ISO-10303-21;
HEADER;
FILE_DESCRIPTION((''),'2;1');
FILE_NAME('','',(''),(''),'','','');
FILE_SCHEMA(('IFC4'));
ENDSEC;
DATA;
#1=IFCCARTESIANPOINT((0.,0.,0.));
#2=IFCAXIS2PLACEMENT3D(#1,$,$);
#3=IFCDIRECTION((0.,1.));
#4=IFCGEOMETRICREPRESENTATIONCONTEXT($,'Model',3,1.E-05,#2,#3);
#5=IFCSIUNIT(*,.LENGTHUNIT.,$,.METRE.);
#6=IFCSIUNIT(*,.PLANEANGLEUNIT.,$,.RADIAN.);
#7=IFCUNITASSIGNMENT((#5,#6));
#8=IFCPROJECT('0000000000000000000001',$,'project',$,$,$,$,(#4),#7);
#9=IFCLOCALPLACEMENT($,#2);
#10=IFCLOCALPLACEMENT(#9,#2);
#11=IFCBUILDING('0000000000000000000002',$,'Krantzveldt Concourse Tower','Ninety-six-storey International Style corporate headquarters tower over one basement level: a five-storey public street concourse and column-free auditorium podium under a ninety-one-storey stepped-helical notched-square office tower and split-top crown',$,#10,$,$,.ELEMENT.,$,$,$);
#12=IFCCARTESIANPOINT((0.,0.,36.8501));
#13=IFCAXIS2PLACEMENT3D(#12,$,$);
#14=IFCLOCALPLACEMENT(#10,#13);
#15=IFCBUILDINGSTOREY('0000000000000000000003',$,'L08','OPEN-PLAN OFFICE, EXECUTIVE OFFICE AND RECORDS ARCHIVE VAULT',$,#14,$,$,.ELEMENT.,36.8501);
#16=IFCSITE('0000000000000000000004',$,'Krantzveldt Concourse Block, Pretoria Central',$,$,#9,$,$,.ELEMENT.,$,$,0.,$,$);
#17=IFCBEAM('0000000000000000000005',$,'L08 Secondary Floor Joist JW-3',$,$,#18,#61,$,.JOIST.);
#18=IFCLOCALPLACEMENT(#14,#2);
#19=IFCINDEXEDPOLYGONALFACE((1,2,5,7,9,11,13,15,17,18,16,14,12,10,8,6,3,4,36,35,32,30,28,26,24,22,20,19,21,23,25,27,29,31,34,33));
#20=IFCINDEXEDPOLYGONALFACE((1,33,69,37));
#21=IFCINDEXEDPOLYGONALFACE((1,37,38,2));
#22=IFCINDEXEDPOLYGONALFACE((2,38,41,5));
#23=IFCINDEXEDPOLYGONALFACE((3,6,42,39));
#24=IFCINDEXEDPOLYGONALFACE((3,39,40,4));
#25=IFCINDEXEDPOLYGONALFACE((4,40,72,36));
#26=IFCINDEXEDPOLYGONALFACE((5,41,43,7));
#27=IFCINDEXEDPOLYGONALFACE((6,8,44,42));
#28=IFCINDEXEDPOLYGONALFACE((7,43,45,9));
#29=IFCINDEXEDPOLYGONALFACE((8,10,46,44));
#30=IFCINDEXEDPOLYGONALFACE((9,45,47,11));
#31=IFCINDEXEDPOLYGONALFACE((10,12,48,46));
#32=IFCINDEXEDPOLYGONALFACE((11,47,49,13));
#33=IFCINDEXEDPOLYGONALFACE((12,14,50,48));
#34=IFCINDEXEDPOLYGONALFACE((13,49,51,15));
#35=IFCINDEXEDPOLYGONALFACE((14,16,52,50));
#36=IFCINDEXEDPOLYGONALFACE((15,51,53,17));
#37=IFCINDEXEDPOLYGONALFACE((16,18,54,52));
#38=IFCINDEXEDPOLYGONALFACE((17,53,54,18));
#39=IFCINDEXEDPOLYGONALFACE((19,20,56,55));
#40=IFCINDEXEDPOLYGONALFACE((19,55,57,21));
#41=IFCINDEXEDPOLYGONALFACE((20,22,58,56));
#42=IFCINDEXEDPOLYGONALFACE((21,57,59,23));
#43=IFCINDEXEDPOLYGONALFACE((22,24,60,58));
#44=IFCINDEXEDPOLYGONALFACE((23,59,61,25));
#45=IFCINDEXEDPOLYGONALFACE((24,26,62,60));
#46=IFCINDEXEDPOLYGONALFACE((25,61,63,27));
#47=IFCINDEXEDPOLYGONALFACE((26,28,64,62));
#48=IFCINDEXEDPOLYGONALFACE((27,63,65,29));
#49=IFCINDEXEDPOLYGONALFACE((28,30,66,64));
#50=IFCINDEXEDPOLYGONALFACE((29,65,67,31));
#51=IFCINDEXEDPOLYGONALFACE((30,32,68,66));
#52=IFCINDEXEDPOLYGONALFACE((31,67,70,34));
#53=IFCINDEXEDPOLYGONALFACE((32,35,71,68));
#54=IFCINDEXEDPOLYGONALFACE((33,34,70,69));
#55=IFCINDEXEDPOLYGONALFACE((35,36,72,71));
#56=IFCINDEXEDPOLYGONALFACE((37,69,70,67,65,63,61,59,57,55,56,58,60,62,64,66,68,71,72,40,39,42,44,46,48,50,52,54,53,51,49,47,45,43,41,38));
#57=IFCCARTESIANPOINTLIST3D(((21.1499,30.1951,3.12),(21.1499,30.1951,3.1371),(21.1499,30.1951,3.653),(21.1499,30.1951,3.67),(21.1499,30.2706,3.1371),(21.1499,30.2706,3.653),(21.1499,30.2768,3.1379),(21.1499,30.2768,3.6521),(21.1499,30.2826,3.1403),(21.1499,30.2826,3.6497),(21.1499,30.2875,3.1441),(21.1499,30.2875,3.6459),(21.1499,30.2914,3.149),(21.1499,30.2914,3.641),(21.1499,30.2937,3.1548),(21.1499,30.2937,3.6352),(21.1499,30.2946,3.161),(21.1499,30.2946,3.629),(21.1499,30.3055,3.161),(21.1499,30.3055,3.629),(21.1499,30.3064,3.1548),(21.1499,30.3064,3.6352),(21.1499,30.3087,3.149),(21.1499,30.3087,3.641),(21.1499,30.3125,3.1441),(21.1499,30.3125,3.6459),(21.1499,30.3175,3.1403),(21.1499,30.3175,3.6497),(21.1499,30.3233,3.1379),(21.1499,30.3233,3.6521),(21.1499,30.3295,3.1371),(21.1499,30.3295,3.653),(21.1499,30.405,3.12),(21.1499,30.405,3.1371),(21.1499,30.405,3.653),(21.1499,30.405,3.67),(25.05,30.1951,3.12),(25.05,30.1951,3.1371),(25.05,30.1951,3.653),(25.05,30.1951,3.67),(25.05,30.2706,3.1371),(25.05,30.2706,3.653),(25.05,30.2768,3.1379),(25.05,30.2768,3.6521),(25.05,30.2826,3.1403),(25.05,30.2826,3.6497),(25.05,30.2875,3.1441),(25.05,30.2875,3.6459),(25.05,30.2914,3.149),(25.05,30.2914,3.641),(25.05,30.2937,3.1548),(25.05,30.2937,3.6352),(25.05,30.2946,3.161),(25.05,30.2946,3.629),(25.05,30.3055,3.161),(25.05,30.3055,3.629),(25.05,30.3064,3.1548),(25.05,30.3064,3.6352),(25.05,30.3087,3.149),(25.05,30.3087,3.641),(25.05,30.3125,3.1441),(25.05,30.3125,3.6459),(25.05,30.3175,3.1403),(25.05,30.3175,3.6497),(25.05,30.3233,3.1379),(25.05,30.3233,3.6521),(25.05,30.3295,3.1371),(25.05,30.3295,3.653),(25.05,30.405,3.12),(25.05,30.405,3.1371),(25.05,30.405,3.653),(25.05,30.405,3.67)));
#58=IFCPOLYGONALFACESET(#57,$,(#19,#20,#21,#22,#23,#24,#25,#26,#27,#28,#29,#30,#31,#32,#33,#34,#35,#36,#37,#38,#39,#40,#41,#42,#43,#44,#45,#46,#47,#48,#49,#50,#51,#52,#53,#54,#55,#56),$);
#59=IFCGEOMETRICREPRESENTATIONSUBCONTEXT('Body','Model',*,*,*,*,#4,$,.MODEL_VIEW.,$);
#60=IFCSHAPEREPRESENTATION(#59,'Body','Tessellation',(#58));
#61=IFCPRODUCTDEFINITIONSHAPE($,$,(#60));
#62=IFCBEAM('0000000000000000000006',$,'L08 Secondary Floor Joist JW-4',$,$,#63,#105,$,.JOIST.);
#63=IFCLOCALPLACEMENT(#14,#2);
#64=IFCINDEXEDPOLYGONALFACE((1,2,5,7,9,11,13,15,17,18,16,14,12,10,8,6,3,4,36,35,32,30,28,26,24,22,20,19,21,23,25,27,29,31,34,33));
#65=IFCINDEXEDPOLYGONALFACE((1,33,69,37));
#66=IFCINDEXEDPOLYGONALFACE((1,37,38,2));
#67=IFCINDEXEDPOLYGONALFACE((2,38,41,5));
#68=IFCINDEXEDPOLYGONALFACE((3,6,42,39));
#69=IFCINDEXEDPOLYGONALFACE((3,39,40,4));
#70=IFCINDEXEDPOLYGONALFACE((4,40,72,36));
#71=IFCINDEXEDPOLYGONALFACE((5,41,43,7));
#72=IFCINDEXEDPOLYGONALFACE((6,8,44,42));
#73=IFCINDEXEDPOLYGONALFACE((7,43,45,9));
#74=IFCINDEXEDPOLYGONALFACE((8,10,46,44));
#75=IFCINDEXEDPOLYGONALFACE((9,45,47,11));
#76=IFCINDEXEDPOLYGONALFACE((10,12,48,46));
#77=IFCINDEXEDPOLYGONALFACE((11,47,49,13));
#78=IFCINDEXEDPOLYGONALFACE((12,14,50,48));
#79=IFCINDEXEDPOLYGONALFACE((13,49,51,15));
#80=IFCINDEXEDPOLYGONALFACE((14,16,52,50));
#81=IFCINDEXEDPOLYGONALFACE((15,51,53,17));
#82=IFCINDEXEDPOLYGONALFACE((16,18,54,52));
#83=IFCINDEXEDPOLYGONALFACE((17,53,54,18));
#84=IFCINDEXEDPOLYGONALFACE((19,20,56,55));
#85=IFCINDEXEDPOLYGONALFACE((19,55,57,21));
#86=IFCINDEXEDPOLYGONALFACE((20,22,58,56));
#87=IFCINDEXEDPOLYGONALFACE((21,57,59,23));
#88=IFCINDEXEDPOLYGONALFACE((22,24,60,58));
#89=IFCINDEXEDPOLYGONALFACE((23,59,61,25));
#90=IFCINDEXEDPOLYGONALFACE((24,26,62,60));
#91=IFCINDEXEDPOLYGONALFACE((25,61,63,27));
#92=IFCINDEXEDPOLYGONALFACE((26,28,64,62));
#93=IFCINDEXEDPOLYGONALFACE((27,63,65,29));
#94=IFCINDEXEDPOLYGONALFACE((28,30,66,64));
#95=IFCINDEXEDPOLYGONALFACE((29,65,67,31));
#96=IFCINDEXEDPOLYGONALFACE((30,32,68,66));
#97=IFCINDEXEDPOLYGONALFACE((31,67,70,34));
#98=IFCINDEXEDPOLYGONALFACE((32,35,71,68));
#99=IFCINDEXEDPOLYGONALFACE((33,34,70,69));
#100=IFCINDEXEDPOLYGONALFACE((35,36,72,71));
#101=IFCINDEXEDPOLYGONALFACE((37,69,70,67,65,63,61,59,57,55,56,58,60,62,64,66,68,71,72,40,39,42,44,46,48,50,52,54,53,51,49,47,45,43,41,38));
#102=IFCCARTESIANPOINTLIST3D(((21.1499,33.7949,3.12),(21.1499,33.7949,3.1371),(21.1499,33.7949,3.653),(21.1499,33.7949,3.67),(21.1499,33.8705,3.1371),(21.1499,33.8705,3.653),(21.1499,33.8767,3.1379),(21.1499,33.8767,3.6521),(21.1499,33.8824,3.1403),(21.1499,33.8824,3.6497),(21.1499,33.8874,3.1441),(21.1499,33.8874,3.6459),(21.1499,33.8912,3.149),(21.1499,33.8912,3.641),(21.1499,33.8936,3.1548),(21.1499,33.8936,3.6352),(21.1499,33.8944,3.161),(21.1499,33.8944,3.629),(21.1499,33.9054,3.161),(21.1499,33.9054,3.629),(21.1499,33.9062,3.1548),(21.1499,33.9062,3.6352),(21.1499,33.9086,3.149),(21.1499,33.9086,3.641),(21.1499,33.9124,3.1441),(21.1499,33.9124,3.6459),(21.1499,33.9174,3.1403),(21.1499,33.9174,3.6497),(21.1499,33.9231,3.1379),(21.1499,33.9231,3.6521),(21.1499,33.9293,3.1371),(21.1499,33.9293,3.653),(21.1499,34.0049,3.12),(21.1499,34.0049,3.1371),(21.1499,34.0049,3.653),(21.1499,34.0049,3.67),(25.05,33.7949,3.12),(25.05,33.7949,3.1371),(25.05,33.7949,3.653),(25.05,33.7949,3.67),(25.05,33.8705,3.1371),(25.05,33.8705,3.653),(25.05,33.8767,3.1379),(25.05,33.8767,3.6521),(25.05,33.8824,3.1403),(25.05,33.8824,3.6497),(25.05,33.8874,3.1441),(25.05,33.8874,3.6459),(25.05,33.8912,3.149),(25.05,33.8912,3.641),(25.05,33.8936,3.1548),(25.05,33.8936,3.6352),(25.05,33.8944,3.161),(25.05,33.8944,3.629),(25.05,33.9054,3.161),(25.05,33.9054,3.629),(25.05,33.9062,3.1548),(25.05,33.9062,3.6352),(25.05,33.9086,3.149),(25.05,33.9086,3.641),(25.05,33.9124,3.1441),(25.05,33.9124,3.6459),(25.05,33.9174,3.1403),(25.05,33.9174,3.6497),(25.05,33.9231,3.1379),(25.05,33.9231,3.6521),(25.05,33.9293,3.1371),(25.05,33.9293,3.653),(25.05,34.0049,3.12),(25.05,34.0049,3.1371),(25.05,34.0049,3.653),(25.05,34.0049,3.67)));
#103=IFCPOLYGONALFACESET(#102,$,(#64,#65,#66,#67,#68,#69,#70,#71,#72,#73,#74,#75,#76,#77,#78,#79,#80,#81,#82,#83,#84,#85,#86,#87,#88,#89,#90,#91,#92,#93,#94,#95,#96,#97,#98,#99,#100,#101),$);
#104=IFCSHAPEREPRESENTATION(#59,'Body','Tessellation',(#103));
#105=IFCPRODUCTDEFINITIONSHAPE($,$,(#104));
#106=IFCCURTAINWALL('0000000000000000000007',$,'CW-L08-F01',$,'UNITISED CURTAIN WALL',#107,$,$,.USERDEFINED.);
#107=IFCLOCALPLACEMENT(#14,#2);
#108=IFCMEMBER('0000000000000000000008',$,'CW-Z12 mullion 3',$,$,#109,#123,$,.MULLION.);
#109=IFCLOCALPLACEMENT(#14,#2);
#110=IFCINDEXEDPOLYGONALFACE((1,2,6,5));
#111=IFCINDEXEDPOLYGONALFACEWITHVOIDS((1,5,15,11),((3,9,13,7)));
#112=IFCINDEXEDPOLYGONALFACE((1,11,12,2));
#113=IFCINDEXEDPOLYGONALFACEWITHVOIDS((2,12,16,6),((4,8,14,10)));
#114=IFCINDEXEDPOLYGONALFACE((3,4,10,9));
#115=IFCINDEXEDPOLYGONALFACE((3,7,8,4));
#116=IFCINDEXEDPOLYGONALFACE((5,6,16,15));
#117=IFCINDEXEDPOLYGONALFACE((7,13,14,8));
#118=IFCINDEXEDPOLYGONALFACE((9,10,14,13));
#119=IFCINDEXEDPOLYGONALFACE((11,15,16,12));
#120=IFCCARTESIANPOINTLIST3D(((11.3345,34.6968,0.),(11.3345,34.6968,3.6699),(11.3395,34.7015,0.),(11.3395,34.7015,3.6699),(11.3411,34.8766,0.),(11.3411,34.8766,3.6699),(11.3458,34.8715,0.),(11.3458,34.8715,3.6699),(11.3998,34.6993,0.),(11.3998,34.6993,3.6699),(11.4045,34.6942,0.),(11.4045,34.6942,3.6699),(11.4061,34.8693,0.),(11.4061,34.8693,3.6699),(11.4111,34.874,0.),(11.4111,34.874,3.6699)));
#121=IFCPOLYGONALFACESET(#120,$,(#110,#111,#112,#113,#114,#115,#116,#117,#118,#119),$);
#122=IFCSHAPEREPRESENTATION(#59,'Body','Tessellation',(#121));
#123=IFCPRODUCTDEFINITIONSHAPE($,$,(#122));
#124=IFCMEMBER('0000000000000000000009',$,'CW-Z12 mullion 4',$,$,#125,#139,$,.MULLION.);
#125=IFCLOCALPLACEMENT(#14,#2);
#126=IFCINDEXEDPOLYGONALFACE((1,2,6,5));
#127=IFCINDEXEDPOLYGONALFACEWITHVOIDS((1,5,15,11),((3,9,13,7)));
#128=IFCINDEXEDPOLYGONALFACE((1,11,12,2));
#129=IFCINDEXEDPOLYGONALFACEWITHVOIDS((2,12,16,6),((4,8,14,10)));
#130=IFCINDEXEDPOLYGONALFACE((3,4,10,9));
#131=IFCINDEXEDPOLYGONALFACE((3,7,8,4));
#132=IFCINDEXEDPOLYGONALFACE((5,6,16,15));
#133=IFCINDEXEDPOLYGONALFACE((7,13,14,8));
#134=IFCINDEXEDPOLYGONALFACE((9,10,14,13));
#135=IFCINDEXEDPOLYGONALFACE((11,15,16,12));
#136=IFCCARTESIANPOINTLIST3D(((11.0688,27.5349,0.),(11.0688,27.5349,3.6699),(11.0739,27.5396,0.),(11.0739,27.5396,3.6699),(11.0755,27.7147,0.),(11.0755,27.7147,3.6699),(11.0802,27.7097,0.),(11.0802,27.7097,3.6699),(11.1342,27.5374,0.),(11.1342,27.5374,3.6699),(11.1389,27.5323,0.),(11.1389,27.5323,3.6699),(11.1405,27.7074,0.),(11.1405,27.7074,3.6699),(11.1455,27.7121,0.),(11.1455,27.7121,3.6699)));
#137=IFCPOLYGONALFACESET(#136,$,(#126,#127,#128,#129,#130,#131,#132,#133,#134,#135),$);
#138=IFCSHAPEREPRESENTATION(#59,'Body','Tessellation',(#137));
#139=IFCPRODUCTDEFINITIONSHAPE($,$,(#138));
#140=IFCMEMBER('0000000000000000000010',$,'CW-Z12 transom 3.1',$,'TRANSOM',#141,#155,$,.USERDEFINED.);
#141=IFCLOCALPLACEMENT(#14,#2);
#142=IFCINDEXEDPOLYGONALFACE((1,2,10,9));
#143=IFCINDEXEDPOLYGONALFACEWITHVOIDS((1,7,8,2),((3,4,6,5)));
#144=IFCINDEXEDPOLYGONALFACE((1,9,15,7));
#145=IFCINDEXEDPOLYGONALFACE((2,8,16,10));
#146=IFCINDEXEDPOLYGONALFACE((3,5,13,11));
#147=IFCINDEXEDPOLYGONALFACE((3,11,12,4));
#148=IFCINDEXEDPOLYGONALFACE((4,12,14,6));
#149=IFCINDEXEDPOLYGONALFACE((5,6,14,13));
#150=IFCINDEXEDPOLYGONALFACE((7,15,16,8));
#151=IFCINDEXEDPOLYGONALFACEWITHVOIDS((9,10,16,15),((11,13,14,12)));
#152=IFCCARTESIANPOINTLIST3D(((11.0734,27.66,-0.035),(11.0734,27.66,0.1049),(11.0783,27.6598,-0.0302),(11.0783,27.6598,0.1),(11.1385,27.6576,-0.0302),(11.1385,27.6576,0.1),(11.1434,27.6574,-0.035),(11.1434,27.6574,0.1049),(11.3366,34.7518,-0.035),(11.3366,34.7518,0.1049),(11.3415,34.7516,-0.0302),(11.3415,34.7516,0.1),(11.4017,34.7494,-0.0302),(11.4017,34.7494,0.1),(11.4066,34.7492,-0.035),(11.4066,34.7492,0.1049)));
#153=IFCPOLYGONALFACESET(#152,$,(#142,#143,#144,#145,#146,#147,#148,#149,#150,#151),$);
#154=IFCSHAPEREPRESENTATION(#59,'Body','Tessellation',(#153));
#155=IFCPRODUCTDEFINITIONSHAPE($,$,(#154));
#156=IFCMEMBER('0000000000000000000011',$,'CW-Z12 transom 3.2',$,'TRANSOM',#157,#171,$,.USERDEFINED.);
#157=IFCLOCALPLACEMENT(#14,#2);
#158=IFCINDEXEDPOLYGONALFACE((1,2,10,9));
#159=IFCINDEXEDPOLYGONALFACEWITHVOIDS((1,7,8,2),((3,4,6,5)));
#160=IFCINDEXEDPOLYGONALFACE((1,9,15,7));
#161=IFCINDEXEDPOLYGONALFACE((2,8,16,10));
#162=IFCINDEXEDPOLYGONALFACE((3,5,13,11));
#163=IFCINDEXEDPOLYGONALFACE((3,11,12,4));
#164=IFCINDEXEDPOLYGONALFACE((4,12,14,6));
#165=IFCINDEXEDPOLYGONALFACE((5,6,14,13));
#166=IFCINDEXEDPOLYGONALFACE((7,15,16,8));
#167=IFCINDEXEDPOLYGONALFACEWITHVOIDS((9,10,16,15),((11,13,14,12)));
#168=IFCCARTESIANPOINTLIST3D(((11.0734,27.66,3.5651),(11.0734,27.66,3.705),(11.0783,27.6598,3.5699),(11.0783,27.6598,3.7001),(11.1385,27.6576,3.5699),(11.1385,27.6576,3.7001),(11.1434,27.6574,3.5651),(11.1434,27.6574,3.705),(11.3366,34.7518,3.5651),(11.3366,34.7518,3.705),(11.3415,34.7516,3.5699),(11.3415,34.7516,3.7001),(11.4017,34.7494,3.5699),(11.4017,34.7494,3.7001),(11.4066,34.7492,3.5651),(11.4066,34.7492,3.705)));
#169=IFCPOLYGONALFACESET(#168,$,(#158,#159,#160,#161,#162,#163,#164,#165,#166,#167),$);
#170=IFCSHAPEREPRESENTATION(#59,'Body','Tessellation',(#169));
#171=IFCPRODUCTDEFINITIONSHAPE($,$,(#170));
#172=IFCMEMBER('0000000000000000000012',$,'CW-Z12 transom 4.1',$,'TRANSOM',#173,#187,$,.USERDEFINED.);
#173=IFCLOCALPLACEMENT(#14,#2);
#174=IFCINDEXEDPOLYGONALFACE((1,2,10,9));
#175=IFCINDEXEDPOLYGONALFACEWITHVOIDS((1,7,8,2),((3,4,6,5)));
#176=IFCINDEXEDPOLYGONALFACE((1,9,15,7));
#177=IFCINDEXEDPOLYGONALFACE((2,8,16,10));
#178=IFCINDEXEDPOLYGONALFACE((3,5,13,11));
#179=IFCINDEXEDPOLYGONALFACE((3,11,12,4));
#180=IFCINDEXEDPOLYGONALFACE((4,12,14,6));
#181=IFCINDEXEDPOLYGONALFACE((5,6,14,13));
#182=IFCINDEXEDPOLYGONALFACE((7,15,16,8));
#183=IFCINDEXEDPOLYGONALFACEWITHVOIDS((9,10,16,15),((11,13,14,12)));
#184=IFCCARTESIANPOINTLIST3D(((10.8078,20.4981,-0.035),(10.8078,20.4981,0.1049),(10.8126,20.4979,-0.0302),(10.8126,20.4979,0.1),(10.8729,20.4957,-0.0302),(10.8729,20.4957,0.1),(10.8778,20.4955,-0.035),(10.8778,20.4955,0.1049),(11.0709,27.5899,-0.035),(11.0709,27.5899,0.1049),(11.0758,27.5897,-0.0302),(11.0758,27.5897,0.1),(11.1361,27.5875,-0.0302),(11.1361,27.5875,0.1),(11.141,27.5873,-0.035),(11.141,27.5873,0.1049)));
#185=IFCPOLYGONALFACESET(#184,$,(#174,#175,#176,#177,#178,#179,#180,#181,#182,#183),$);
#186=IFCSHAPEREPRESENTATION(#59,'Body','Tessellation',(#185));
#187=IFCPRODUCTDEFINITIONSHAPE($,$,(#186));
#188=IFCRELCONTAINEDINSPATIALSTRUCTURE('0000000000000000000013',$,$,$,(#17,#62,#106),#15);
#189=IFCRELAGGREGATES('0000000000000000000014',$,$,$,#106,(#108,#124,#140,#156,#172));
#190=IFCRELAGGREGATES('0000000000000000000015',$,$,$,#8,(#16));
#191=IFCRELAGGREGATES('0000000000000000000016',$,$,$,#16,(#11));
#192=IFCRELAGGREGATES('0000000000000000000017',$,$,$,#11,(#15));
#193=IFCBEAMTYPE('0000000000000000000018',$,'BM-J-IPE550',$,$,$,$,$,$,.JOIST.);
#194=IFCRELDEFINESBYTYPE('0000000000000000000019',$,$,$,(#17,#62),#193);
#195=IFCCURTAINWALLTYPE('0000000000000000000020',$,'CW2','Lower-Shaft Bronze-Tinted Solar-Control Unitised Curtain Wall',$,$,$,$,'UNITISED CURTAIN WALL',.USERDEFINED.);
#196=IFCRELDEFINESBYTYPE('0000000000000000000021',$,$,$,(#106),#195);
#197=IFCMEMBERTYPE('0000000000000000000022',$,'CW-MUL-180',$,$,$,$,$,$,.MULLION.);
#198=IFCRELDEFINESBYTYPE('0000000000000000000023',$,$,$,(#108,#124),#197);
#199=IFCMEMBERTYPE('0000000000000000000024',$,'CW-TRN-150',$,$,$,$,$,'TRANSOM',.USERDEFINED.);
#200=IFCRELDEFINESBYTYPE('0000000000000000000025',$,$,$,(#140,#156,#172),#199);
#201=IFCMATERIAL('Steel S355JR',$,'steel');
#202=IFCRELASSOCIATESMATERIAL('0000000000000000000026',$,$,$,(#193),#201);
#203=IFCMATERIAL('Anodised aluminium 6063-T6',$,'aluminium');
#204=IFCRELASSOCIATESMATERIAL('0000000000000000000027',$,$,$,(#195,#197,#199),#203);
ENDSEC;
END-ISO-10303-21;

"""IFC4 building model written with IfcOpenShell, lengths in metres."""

from ifc_helpers import new_model, si_unit, direction, frame, origin, origin_2d, place, context, subcontext, project, spatial, hollow_rectangle, i_section, extrude, source, transform, mapped, material, material_profile, profile_set, type_object, type_shapes, element, aggregate, save


model = new_model("IFC4")

# Units and contexts
model_context = context("Model", 3, precision=1e-05, world=origin(), true_north=direction((0.0, 1.0)))
body_context = subcontext(model_context, "Body", "Model", "MODEL_VIEW")
ifc_project = project(units=[si_unit("LENGTHUNIT", "METRE"), si_unit("PLANEANGLEUNIT", "RADIAN")], contexts=[model_context])

# Site, building, storey
site_placement = place(None, origin())
site = spatial("IfcSite", under=ifc_project, at=site_placement, Name="Krantzveldt Concourse Block, Pretoria Central", CompositionType="ELEMENT", RefElevation=0.0)
building_placement = place(site_placement, origin())
building = spatial("IfcBuilding", under=site, at=building_placement, Name="Krantzveldt Concourse Tower", Description="Ninety-six-storey International Style corporate headquarters tower over one basement level: a five-storey public street concourse and column-free auditorium podium under a ninety-one-storey stepped-helical notched-square office tower and split-top crown", CompositionType="ELEMENT")
storey_placement = place(building_placement, frame((0.0, 0.0, 36.8501)))
storey = spatial("IfcBuildingStorey", under=building, at=storey_placement, Name="L08", Description="OPEN-PLAN OFFICE, EXECUTIVE OFFICE AND RECORDS ARCHIVE VAULT", CompositionType="ELEMENT", Elevation=36.8501)

# Beams
ifc_material_1 = material(Name="Steel S355JR", Category="steel")
ifc_material_profile_1 = material_profile(ifc_material_1, i_section(OverallWidth=0.21, OverallDepth=0.55, WebThickness=0.011, FlangeThickness=0.0171, FilletRadius=0.0239, at=origin_2d()), Name="Steel S355JR", Category="steel")
ifc_profile_set_1 = profile_set([ifc_material_profile_1], Name="Steel S355JR - IPE 550")
beam_type_1 = type_object("IfcBeamType", Name="BM-J-IPE550", PredefinedType="JOIST", material=ifc_profile_set_1)
shared_shape_1 = source(origin(), body_context, "Body", "SweptSolid", [
    extrude(i_section(OverallWidth=0.21, OverallDepth=0.55, WebThickness=0.011, FlangeThickness=0.0171, FilletRadius=0.0239, at=origin_2d()), origin(), (0.0, 0.0, 1.0), 3.9001),
])
type_shapes(beam_type_1, [shared_shape_1])
for number, where, z_axis, x_axis, name in (
    (1, (21.1499, 30.3, 3.395), (1.0, 0.0, 0.0), (0.0, 1.0, 0.0), "L08 Secondary Floor Joist JW-3"),
    (2, (21.1499, 33.8999, 3.395), (1.0, 0.0, 0.0), (0.0, 1.0, 0.0), "L08 Secondary Floor Joist JW-4"),
):
    element("IfcBeam", number, at=place(storey_placement, frame(where, z_axis=z_axis, x_axis=x_axis)), inside=storey, type_object=beam_type_1, Name=name, PredefinedType="JOIST", context=body_context, shape_type="MappedRepresentation", body=[
        mapped(shared_shape_1, transform((0.0, 0.0, 0.0), x_axis=(1.0, 0.0, 0.0), y_axis=(0.0, 1.0, 0.0), z_axis=(0.0, 0.0, 1.0), scale=1.0)),
    ])

# Curtain wall, members
ifc_material_2 = material(Name="Anodised aluminium 6063-T6", Category="aluminium")
curtain_wall_type = type_object("IfcCurtainWallType", Name="CW2", Description="Lower-Shaft Bronze-Tinted Solar-Control Unitised Curtain Wall", ElementType="UNITISED CURTAIN WALL", PredefinedType="USERDEFINED", material=ifc_material_2)
curtain_wall_placement = place(storey_placement, origin())
curtain_wall = element("IfcCurtainWall", 3, at=curtain_wall_placement, inside=storey, type_object=curtain_wall_type, Name="CW-L08-F01", ObjectType="UNITISED CURTAIN WALL", PredefinedType="USERDEFINED")
ifc_material_profile_2 = material_profile(ifc_material_2, hollow_rectangle(XDim=0.0701, YDim=0.1799, WallThickness=0.0049, at=origin_2d()), Name="Anodised aluminium 6063-T6", Category="aluminium")
ifc_profile_set_2 = profile_set([ifc_material_profile_2], Name="Anodised aluminium 6063-T6 - ALU-MULL 180x70x5")
member_type_1 = type_object("IfcMemberType", Name="CW-MUL-180", PredefinedType="MULLION", material=ifc_profile_set_2)
shared_shape_2 = source(origin(), body_context, "Body", "SweptSolid", [
    extrude(hollow_rectangle(XDim=0.0701, YDim=0.1799, WallThickness=0.0049, at=origin_2d()), origin(), (0.0, 0.0, 1.0), 3.6699),
])
type_shapes(member_type_1, [shared_shape_2])
member_1_placement = place(storey_placement, frame((11.3728, 34.7854, 0.0), z_axis=(0.0, 0.0, 1.0), x_axis=(0.999312, -0.03708, 0.0)))
member_1 = element("IfcMember", 4, at=member_1_placement, type_object=member_type_1, Name="CW-Z12 mullion 3", PredefinedType="MULLION", context=body_context, shape_type="MappedRepresentation", body=[
    mapped(shared_shape_2, transform((0.0, 0.0, 0.0), x_axis=(1.0, 0.0, 0.0), y_axis=(0.0, 1.0, 0.0), z_axis=(0.0, 0.0, 1.0), scale=1.0)),
])
member_2_placement = place(storey_placement, frame((11.1072, 27.6235, 0.0), z_axis=(0.0, 0.0, 1.0), x_axis=(0.999312, -0.03708, 0.0)))
member_2 = element("IfcMember", 5, at=member_2_placement, type_object=member_type_1, Name="CW-Z12 mullion 4", PredefinedType="MULLION", context=body_context, shape_type="MappedRepresentation", body=[
    mapped(shared_shape_2, transform((0.0, 0.0, 0.0), x_axis=(1.0, 0.0, 0.0), y_axis=(0.0, 1.0, 0.0), z_axis=(0.0, 0.0, 1.0), scale=1.0)),
])
ifc_material_profile_3 = material_profile(ifc_material_2, hollow_rectangle(XDim=0.0701, YDim=0.1399, WallThickness=0.0049, at=origin_2d()), Name="Anodised aluminium 6063-T6", Category="aluminium")
ifc_profile_set_3 = profile_set([ifc_material_profile_3], Name="Anodised aluminium 6063-T6 - ALU-TRAN 140x70x5")
member_type_2 = type_object("IfcMemberType", Name="CW-TRN-150", ElementType="TRANSOM", PredefinedType="USERDEFINED", material=ifc_profile_set_3)
shared_shape_3 = source(origin(), body_context, "Body", "SweptSolid", [
    extrude(hollow_rectangle(XDim=0.0701, YDim=0.1399, WallThickness=0.0049, at=origin_2d()), origin(), (0.0, 0.0, 1.0), 7.0967),
])
type_shapes(member_type_2, [shared_shape_3])
member_3_placement = place(storey_placement, frame((11.3716, 34.7505, 0.0349), z_axis=(-0.037085, -0.999312, 0.0), x_axis=(0.999312, -0.037085, 0.0)))
member_3 = element("IfcMember", 6, at=member_3_placement, type_object=member_type_2, Name="CW-Z12 transom 3.1", ObjectType="TRANSOM", PredefinedType="USERDEFINED", context=body_context, shape_type="MappedRepresentation", body=[
    mapped(shared_shape_3, transform((0.0, 0.0, 0.0), x_axis=(1.0, 0.0, 0.0), y_axis=(0.0, 1.0, 0.0), z_axis=(0.0, 0.0, 1.0), scale=1.0)),
])
member_4_placement = place(storey_placement, frame((11.3716, 34.7505, 3.635), z_axis=(-0.037085, -0.999312, 0.0), x_axis=(0.999312, -0.037085, 0.0)))
member_4 = element("IfcMember", 7, at=member_4_placement, type_object=member_type_2, Name="CW-Z12 transom 3.2", ObjectType="TRANSOM", PredefinedType="USERDEFINED", context=body_context, shape_type="MappedRepresentation", body=[
    mapped(shared_shape_3, transform((0.0, 0.0, 0.0), x_axis=(1.0, 0.0, 0.0), y_axis=(0.0, 1.0, 0.0), z_axis=(0.0, 0.0, 1.0), scale=1.0)),
])
member_5_placement = place(storey_placement, frame((11.106, 27.5886, 0.0349), z_axis=(-0.037085, -0.999312, 0.0), x_axis=(0.999312, -0.037085, 0.0)))
member_5 = element("IfcMember", 8, at=member_5_placement, type_object=member_type_2, Name="CW-Z12 transom 4.1", ObjectType="TRANSOM", PredefinedType="USERDEFINED", context=body_context, shape_type="MappedRepresentation", body=[
    mapped(shared_shape_3, transform((0.0, 0.0, 0.0), x_axis=(1.0, 0.0, 0.0), y_axis=(0.0, 1.0, 0.0), z_axis=(0.0, 0.0, 1.0), scale=1.0)),
])
aggregate(curtain_wall, [member_1, member_2, member_3, member_4, member_5])

save(model, "model.ifc")
